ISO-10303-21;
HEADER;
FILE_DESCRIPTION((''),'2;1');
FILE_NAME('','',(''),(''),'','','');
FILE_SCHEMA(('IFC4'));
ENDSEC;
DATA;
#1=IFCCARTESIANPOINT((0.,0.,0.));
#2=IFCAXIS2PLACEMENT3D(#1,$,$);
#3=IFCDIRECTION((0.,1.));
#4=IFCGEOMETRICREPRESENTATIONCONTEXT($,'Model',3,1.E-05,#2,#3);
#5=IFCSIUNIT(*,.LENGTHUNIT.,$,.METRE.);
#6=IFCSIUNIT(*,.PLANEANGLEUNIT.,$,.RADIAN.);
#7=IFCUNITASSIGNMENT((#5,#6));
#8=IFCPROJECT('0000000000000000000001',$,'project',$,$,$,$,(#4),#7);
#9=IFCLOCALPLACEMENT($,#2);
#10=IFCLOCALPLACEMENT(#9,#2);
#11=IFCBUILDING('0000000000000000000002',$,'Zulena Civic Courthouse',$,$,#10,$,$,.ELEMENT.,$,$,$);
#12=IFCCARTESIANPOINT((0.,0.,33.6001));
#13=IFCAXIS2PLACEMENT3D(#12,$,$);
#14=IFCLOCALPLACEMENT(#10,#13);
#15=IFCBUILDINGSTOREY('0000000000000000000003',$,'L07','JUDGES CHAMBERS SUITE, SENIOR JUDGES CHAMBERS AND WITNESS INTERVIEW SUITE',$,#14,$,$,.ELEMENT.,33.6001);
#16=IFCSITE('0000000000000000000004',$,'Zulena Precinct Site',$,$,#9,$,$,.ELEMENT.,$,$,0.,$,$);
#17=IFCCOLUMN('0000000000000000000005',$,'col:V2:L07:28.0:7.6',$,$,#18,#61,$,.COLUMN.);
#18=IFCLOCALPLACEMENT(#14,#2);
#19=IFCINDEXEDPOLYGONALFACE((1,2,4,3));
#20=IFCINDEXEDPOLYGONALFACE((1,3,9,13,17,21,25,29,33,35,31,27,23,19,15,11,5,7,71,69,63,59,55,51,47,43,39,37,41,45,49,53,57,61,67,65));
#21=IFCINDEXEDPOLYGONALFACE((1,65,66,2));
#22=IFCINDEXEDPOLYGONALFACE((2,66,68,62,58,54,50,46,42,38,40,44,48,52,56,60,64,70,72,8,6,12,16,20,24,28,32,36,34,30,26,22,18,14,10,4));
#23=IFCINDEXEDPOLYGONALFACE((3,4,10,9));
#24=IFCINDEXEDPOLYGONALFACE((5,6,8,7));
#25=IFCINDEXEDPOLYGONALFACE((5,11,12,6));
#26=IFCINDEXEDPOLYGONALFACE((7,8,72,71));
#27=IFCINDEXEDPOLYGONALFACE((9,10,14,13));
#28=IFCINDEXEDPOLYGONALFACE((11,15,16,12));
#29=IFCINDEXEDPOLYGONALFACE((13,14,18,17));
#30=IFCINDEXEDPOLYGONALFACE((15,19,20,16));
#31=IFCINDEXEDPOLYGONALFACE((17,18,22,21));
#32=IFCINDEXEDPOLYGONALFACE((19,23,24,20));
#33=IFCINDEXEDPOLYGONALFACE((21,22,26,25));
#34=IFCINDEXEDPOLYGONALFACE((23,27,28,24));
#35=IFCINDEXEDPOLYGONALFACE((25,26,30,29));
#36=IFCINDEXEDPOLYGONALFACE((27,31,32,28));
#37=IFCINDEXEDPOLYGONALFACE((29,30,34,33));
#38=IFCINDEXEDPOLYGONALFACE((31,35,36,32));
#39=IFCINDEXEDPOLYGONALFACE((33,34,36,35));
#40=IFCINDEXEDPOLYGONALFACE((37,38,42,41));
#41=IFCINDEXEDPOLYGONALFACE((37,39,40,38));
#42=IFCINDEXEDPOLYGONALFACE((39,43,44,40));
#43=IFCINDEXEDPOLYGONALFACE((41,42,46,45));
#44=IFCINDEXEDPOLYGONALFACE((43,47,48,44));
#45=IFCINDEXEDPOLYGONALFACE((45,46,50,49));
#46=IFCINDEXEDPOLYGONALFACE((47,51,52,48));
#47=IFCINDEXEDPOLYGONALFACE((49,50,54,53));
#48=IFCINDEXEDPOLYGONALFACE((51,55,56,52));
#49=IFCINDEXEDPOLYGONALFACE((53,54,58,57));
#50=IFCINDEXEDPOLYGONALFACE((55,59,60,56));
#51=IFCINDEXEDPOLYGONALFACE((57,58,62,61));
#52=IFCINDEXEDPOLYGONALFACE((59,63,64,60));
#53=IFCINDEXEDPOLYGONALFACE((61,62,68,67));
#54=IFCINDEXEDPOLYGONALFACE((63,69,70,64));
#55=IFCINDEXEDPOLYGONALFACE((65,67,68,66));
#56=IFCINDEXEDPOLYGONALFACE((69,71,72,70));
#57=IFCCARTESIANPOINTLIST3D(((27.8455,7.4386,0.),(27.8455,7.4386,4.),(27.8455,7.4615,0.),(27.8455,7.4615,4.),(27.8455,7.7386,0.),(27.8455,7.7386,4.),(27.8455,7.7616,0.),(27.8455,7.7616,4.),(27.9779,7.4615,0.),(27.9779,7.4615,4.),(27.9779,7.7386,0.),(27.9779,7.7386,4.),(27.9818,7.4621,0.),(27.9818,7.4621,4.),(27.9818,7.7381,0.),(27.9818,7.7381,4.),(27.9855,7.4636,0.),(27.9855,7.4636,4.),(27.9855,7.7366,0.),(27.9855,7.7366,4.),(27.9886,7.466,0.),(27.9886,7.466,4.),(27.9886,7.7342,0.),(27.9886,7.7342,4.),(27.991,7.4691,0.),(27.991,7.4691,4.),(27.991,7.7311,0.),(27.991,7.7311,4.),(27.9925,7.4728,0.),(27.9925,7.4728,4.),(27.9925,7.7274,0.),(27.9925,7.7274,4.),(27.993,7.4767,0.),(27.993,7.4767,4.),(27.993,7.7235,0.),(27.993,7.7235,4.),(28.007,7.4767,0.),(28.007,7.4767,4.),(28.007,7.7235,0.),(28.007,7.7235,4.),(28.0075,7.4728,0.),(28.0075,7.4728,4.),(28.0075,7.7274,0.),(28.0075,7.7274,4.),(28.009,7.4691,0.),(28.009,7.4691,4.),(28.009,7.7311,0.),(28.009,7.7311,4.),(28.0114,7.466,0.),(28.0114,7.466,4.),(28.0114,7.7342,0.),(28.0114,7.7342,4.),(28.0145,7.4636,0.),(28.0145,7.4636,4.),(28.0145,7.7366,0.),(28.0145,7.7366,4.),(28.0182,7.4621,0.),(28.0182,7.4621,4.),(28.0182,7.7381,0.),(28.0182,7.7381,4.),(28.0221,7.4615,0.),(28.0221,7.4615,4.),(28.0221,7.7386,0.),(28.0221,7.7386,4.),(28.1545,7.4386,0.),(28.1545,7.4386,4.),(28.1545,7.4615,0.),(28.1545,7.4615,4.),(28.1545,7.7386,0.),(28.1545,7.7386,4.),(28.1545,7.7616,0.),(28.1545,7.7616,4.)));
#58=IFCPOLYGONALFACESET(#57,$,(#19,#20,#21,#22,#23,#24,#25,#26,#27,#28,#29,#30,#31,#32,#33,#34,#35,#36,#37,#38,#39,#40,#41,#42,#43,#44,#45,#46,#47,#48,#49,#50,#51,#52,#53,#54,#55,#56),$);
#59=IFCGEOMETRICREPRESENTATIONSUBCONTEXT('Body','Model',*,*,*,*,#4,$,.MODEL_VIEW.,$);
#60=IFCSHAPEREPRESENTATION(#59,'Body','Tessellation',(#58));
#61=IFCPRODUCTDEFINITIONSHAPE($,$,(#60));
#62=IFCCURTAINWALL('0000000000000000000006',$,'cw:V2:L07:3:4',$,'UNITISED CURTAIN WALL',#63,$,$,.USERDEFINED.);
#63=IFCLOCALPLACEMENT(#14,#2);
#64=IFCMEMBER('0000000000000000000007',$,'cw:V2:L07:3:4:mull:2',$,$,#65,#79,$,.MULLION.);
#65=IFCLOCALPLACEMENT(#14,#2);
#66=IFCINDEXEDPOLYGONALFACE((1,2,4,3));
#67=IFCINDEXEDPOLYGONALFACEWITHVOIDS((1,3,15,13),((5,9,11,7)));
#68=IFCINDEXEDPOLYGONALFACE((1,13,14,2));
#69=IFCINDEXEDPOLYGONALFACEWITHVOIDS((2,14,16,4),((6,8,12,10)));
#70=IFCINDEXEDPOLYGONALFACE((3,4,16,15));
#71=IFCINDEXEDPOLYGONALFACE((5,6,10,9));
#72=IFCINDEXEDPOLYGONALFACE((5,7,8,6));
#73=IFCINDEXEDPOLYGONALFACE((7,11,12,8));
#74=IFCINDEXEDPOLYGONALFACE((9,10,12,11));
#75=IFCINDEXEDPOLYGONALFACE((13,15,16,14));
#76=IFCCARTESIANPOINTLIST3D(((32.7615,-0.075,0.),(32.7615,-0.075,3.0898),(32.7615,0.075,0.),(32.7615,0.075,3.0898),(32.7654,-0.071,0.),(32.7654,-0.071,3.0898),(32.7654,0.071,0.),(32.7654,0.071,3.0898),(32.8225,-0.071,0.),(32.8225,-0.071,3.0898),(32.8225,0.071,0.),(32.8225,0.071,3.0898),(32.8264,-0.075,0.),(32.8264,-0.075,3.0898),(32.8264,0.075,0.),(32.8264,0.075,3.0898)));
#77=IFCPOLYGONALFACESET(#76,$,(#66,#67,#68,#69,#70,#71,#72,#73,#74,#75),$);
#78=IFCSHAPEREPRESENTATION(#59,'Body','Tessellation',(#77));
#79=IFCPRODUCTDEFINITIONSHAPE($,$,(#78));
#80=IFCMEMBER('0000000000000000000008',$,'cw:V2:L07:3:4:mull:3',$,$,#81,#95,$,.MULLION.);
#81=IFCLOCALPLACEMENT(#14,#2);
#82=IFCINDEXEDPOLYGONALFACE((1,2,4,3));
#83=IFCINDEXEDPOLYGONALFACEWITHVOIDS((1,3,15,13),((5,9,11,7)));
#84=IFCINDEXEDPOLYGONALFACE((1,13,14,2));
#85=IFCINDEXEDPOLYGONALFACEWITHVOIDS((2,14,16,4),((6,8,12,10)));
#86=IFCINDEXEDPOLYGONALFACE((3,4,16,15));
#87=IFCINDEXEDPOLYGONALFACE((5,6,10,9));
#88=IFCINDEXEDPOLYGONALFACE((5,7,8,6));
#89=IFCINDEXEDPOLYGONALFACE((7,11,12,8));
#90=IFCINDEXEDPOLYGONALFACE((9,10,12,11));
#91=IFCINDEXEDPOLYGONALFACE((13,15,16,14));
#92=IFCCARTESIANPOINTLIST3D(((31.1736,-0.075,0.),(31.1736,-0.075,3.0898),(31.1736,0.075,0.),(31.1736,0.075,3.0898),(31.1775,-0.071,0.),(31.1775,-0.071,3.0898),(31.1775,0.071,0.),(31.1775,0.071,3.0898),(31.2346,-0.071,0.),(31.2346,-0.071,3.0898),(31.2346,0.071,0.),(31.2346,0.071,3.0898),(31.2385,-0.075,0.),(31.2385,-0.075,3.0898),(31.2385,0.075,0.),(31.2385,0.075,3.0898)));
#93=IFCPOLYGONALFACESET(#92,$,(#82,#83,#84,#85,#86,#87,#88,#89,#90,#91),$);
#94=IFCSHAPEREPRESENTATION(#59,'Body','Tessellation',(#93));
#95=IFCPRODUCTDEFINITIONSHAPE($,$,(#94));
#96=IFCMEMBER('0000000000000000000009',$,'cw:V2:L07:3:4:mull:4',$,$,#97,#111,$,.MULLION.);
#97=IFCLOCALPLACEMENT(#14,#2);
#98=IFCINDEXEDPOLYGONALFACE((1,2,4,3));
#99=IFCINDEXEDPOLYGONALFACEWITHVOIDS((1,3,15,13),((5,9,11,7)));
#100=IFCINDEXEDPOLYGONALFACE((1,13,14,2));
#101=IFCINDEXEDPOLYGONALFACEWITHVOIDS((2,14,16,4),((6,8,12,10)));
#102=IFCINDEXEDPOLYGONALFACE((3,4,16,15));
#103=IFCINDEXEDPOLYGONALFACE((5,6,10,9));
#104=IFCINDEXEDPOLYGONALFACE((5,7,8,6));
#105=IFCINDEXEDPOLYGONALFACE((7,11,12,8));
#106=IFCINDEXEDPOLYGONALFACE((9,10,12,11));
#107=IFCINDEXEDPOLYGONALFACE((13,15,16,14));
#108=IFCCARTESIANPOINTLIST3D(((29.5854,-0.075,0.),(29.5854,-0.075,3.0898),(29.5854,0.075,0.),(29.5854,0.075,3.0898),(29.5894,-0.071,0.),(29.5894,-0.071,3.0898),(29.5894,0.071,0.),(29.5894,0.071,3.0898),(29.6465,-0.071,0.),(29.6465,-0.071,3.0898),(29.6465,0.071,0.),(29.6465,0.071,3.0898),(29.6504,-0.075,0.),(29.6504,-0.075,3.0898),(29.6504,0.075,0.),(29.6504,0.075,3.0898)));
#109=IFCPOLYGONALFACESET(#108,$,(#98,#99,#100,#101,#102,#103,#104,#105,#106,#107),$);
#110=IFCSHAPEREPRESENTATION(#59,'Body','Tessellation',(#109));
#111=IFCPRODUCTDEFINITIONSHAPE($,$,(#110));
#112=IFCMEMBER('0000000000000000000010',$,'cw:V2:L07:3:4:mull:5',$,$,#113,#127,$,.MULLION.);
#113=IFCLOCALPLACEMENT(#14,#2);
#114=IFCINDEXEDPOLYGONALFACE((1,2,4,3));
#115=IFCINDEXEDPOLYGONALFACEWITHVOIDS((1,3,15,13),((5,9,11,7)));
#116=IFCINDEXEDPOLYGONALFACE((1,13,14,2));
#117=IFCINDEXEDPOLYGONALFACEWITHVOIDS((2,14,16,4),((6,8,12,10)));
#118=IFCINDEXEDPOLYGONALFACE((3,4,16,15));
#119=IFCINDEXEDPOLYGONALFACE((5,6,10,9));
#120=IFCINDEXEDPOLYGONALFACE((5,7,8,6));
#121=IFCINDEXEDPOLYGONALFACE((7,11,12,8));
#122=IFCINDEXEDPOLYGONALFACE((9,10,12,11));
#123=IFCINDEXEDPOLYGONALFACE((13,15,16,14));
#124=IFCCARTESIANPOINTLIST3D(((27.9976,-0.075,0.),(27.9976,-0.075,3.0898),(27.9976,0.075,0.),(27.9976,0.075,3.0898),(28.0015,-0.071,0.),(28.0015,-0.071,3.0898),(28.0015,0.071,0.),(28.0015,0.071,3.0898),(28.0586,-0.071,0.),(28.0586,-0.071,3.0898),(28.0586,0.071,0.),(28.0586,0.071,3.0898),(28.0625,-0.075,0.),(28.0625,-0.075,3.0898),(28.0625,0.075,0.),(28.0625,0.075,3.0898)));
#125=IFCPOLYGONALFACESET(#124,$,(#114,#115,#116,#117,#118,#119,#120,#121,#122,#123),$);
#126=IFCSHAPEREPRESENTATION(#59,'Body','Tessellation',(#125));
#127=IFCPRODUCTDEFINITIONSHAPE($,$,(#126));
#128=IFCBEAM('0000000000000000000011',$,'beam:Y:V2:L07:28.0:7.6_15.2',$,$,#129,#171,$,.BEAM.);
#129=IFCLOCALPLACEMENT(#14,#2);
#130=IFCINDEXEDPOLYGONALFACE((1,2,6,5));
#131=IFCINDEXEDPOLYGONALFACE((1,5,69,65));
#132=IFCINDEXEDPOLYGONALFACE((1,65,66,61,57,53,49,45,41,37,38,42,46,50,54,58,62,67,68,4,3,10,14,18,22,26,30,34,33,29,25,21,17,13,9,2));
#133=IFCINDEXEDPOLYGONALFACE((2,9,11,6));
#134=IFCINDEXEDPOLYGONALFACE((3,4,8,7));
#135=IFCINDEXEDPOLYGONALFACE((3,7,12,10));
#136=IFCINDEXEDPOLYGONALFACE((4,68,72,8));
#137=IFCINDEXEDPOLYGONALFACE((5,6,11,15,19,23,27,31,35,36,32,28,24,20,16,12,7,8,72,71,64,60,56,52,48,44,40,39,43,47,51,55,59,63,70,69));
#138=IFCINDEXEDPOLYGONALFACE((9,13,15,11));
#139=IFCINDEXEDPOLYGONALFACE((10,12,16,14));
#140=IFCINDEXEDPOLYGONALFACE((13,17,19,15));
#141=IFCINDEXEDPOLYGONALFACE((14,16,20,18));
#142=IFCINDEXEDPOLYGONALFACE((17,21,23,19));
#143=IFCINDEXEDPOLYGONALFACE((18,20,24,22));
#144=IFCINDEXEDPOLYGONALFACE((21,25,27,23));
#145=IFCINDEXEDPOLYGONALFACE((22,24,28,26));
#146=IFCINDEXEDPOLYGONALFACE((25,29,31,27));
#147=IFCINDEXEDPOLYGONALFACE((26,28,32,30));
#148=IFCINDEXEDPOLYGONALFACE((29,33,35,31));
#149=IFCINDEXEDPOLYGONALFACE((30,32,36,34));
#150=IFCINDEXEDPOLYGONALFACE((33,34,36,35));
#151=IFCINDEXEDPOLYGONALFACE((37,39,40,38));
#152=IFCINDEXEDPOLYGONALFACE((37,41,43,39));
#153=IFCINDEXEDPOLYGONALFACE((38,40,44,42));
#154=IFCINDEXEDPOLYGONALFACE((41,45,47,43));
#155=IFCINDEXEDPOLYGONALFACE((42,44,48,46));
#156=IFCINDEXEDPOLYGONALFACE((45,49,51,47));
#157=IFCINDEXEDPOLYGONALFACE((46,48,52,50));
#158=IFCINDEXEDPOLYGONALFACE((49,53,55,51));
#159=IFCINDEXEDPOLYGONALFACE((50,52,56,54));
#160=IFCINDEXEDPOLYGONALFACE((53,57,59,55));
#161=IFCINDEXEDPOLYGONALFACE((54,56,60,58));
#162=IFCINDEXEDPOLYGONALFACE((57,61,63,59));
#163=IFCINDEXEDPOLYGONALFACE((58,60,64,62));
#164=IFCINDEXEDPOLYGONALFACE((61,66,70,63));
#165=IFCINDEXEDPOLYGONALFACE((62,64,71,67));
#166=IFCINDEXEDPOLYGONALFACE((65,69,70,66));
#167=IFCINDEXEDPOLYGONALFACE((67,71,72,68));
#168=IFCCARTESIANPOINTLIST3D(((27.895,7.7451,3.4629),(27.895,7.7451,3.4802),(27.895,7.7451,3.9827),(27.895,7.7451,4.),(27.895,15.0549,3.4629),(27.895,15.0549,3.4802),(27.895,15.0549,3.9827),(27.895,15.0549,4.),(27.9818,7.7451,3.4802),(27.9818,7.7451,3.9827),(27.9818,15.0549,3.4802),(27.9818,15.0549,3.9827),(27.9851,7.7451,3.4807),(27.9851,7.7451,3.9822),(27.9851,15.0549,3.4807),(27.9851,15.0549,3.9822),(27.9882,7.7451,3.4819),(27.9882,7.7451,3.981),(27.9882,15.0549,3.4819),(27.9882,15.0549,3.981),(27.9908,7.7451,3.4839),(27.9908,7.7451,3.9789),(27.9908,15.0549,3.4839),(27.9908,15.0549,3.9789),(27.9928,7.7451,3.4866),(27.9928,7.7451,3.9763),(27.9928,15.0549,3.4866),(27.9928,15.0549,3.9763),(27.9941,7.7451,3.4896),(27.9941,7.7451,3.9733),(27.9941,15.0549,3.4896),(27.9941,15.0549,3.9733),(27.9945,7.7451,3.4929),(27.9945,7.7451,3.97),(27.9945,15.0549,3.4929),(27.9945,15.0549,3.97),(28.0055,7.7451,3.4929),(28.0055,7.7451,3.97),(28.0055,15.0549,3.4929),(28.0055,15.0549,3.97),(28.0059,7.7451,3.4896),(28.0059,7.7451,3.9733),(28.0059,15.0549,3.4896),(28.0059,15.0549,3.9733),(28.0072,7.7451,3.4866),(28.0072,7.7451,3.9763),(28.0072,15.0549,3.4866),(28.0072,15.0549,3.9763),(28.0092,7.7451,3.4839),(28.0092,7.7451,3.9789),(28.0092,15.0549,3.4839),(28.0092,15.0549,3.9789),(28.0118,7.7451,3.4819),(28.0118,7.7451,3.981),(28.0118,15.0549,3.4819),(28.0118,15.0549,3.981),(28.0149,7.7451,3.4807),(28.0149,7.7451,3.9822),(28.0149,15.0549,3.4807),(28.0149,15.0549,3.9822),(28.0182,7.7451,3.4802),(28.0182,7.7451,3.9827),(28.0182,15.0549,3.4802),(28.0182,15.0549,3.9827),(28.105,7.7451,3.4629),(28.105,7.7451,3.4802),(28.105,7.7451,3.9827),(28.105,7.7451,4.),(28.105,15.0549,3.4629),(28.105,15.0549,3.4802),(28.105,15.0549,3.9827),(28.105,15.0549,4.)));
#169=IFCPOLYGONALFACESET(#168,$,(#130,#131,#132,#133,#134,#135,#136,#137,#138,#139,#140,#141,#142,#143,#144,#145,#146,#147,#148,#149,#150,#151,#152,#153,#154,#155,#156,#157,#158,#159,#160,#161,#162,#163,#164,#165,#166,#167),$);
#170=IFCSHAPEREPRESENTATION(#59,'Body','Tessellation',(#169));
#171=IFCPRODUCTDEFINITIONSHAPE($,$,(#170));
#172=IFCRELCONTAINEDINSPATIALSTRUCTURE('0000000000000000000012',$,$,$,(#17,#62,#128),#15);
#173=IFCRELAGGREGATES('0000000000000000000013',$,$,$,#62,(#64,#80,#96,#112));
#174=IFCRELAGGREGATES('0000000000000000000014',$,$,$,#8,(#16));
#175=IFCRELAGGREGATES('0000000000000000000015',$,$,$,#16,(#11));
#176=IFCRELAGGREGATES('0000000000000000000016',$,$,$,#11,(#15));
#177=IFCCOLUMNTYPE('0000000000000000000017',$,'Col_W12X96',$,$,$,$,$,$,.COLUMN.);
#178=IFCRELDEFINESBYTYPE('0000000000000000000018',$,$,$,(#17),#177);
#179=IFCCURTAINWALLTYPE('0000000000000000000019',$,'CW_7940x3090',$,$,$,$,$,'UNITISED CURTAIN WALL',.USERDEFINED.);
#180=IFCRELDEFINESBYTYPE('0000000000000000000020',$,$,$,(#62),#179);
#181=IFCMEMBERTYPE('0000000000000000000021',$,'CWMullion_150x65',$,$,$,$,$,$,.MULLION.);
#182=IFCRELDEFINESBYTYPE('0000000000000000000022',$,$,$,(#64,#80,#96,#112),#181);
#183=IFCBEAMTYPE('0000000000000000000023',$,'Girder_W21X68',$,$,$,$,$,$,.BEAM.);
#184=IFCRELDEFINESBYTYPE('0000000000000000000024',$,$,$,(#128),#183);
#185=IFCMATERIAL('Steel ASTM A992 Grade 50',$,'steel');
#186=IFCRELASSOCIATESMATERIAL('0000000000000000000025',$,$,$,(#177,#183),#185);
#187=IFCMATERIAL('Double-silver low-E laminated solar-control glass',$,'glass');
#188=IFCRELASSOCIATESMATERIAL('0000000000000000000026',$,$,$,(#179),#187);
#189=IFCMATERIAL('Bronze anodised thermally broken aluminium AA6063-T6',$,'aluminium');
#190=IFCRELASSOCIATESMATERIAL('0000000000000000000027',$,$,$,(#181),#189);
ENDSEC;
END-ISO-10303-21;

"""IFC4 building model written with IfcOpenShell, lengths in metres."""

from ifc_helpers import new_model, si_unit, direction, frame, origin, origin_2d, place, context, subcontext, project, spatial, hollow_rectangle, i_section, extrude, material, material_profile, profile_set, type_object, element, aggregate, save


model = new_model("IFC4")

# Units and contexts
model_context = context("Model", 3, precision=1e-05, world=origin(), true_north=direction((0.0, 1.0)))
body_context = subcontext(model_context, "Body", "Model", "MODEL_VIEW")
ifc_project = project(units=[si_unit("LENGTHUNIT", "METRE"), si_unit("PLANEANGLEUNIT", "RADIAN")], contexts=[model_context])

# Site, building, storey
site_placement = place(None, origin())
site = spatial("IfcSite", under=ifc_project, at=site_placement, Name="Zulena Precinct Site", CompositionType="ELEMENT", RefElevation=0.0)
building_placement = place(site_placement, origin())
building = spatial("IfcBuilding", under=site, at=building_placement, Name="Zulena Civic Courthouse", CompositionType="ELEMENT")
storey_placement = place(building_placement, frame((0.0, 0.0, 33.6001)))
storey = spatial("IfcBuildingStorey", under=building, at=storey_placement, Name="L07", Description="JUDGES CHAMBERS SUITE, SENIOR JUDGES CHAMBERS AND WITNESS INTERVIEW SUITE", CompositionType="ELEMENT", Elevation=33.6001)

# Column
ifc_material_1 = material(Name="Steel ASTM A992 Grade 50", Category="steel")
ifc_material_profile_1 = material_profile(ifc_material_1, i_section(OverallWidth=0.3091, OverallDepth=0.323, WebThickness=0.0139, FlangeThickness=0.0229, FilletRadius=0.0151, at=origin_2d()), Name="W12X96")
ifc_profile_set_1 = profile_set([ifc_material_profile_1], Name="Steel ASTM A992 Grade 50")
column_type = type_object("IfcColumnType", Name="Col_W12X96", PredefinedType="COLUMN", material=ifc_profile_set_1)
column_placement = place(storey_placement, frame((28.0, 7.6001, 0.0), z_axis=(0.0, 0.0, 1.0), x_axis=(1.0, 0.0, 0.0)))
element("IfcColumn", 1, at=column_placement, inside=storey, type_object=column_type, Name="col:V2:L07:28.0:7.6", PredefinedType="COLUMN", context=body_context, shape_type="SweptSolid", body=[
    extrude(i_section(OverallWidth=0.3091, OverallDepth=0.323, WebThickness=0.0139, FlangeThickness=0.0229, FilletRadius=0.0151, at=origin_2d()), origin(), (0.0, 0.0, 1.0), 4.0),
])

# Curtain wall, members
ifc_material_2 = material(Name="Double-silver low-E laminated solar-control glass", Category="glass")
curtain_wall_type = type_object("IfcCurtainWallType", Name="CW_7940x3090", ElementType="UNITISED CURTAIN WALL", PredefinedType="USERDEFINED", material=ifc_material_2)
curtain_wall_placement = place(storey_placement, origin())
curtain_wall = element("IfcCurtainWall", 2, at=curtain_wall_placement, inside=storey, type_object=curtain_wall_type, Name="cw:V2:L07:3:4", ObjectType="UNITISED CURTAIN WALL", PredefinedType="USERDEFINED")
ifc_material_3 = material(Name="Bronze anodised thermally broken aluminium AA6063-T6", Category="aluminium")
ifc_material_profile_2 = material_profile(ifc_material_3, hollow_rectangle(XDim=0.0649, YDim=0.1499, WallThickness=0.0039, at=origin_2d()), Name="CWM150X65X4")
ifc_profile_set_2 = profile_set([ifc_material_profile_2], Name="Bronze anodised thermally broken aluminium AA6063-T6")
member_type = type_object("IfcMemberType", Name="CWMullion_150x65", PredefinedType="MULLION", material=ifc_profile_set_2)
member_1_placement = place(storey_placement, frame((32.7939, 0.0, 0.0), z_axis=(0.0, 0.0, 1.0), x_axis=(1.0, 0.0, 0.0)))
member_1 = element("IfcMember", 3, at=member_1_placement, type_object=member_type, Name="cw:V2:L07:3:4:mull:2", PredefinedType="MULLION", context=body_context, shape_type="SweptSolid", body=[
    extrude(hollow_rectangle(XDim=0.0649, YDim=0.1499, WallThickness=0.0039, at=origin_2d()), origin(), (0.0, 0.0, 1.0), 3.0898),
])
member_2_placement = place(storey_placement, frame((31.2061, 0.0, 0.0), z_axis=(0.0, 0.0, 1.0), x_axis=(1.0, 0.0, 0.0)))
member_2 = element("IfcMember", 4, at=member_2_placement, type_object=member_type, Name="cw:V2:L07:3:4:mull:3", PredefinedType="MULLION", context=body_context, shape_type="SweptSolid", body=[
    extrude(hollow_rectangle(XDim=0.0649, YDim=0.1499, WallThickness=0.0039, at=origin_2d()), origin(), (0.0, 0.0, 1.0), 3.0898),
])
member_3_placement = place(storey_placement, frame((29.6179, 0.0, 0.0), z_axis=(0.0, 0.0, 1.0), x_axis=(1.0, 0.0, 0.0)))
member_3 = element("IfcMember", 5, at=member_3_placement, type_object=member_type, Name="cw:V2:L07:3:4:mull:4", PredefinedType="MULLION", context=body_context, shape_type="SweptSolid", body=[
    extrude(hollow_rectangle(XDim=0.0649, YDim=0.1499, WallThickness=0.0039, at=origin_2d()), origin(), (0.0, 0.0, 1.0), 3.0898),
])
member_4_placement = place(storey_placement, frame((28.03, 0.0, 0.0), z_axis=(0.0, 0.0, 1.0), x_axis=(1.0, 0.0, 0.0)))
member_4 = element("IfcMember", 6, at=member_4_placement, type_object=member_type, Name="cw:V2:L07:3:4:mull:5", PredefinedType="MULLION", context=body_context, shape_type="SweptSolid", body=[
    extrude(hollow_rectangle(XDim=0.0649, YDim=0.1499, WallThickness=0.0039, at=origin_2d()), origin(), (0.0, 0.0, 1.0), 3.0898),
])

# Beam
ifc_material_profile_3 = material_profile(ifc_material_1, i_section(OverallWidth=0.21, OverallDepth=0.5371, WebThickness=0.011, FlangeThickness=0.0173, FilletRadius=0.0127, at=origin_2d()), Name="W21X68")
ifc_profile_set_3 = profile_set([ifc_material_profile_3], Name="Steel ASTM A992 Grade 50")
beam_type_1 = type_object("IfcBeamType", Name="Girder_W21X68", PredefinedType="BEAM", material=ifc_profile_set_3)
beam_1_placement = place(storey_placement, frame((28.0, 7.7451, 3.7314), z_axis=(0.0, 1.0, 0.0), x_axis=(-1.0, 0.0, 0.0)))
element("IfcBeam", 7, at=beam_1_placement, inside=storey, type_object=beam_type_1, Name="beam:Y:V2:L07:28.0:7.6_15.2", PredefinedType="BEAM", context=body_context, shape_type="SweptSolid", body=[
    extrude(i_section(OverallWidth=0.21, OverallDepth=0.5371, WebThickness=0.011, FlangeThickness=0.0173, FilletRadius=0.0127, at=origin_2d()), origin(), (0.0, 0.0, 1.0), 7.3098),
])

aggregate(curtain_wall, [member_1, member_2, member_3, member_4])

save(model, "model.ifc")
